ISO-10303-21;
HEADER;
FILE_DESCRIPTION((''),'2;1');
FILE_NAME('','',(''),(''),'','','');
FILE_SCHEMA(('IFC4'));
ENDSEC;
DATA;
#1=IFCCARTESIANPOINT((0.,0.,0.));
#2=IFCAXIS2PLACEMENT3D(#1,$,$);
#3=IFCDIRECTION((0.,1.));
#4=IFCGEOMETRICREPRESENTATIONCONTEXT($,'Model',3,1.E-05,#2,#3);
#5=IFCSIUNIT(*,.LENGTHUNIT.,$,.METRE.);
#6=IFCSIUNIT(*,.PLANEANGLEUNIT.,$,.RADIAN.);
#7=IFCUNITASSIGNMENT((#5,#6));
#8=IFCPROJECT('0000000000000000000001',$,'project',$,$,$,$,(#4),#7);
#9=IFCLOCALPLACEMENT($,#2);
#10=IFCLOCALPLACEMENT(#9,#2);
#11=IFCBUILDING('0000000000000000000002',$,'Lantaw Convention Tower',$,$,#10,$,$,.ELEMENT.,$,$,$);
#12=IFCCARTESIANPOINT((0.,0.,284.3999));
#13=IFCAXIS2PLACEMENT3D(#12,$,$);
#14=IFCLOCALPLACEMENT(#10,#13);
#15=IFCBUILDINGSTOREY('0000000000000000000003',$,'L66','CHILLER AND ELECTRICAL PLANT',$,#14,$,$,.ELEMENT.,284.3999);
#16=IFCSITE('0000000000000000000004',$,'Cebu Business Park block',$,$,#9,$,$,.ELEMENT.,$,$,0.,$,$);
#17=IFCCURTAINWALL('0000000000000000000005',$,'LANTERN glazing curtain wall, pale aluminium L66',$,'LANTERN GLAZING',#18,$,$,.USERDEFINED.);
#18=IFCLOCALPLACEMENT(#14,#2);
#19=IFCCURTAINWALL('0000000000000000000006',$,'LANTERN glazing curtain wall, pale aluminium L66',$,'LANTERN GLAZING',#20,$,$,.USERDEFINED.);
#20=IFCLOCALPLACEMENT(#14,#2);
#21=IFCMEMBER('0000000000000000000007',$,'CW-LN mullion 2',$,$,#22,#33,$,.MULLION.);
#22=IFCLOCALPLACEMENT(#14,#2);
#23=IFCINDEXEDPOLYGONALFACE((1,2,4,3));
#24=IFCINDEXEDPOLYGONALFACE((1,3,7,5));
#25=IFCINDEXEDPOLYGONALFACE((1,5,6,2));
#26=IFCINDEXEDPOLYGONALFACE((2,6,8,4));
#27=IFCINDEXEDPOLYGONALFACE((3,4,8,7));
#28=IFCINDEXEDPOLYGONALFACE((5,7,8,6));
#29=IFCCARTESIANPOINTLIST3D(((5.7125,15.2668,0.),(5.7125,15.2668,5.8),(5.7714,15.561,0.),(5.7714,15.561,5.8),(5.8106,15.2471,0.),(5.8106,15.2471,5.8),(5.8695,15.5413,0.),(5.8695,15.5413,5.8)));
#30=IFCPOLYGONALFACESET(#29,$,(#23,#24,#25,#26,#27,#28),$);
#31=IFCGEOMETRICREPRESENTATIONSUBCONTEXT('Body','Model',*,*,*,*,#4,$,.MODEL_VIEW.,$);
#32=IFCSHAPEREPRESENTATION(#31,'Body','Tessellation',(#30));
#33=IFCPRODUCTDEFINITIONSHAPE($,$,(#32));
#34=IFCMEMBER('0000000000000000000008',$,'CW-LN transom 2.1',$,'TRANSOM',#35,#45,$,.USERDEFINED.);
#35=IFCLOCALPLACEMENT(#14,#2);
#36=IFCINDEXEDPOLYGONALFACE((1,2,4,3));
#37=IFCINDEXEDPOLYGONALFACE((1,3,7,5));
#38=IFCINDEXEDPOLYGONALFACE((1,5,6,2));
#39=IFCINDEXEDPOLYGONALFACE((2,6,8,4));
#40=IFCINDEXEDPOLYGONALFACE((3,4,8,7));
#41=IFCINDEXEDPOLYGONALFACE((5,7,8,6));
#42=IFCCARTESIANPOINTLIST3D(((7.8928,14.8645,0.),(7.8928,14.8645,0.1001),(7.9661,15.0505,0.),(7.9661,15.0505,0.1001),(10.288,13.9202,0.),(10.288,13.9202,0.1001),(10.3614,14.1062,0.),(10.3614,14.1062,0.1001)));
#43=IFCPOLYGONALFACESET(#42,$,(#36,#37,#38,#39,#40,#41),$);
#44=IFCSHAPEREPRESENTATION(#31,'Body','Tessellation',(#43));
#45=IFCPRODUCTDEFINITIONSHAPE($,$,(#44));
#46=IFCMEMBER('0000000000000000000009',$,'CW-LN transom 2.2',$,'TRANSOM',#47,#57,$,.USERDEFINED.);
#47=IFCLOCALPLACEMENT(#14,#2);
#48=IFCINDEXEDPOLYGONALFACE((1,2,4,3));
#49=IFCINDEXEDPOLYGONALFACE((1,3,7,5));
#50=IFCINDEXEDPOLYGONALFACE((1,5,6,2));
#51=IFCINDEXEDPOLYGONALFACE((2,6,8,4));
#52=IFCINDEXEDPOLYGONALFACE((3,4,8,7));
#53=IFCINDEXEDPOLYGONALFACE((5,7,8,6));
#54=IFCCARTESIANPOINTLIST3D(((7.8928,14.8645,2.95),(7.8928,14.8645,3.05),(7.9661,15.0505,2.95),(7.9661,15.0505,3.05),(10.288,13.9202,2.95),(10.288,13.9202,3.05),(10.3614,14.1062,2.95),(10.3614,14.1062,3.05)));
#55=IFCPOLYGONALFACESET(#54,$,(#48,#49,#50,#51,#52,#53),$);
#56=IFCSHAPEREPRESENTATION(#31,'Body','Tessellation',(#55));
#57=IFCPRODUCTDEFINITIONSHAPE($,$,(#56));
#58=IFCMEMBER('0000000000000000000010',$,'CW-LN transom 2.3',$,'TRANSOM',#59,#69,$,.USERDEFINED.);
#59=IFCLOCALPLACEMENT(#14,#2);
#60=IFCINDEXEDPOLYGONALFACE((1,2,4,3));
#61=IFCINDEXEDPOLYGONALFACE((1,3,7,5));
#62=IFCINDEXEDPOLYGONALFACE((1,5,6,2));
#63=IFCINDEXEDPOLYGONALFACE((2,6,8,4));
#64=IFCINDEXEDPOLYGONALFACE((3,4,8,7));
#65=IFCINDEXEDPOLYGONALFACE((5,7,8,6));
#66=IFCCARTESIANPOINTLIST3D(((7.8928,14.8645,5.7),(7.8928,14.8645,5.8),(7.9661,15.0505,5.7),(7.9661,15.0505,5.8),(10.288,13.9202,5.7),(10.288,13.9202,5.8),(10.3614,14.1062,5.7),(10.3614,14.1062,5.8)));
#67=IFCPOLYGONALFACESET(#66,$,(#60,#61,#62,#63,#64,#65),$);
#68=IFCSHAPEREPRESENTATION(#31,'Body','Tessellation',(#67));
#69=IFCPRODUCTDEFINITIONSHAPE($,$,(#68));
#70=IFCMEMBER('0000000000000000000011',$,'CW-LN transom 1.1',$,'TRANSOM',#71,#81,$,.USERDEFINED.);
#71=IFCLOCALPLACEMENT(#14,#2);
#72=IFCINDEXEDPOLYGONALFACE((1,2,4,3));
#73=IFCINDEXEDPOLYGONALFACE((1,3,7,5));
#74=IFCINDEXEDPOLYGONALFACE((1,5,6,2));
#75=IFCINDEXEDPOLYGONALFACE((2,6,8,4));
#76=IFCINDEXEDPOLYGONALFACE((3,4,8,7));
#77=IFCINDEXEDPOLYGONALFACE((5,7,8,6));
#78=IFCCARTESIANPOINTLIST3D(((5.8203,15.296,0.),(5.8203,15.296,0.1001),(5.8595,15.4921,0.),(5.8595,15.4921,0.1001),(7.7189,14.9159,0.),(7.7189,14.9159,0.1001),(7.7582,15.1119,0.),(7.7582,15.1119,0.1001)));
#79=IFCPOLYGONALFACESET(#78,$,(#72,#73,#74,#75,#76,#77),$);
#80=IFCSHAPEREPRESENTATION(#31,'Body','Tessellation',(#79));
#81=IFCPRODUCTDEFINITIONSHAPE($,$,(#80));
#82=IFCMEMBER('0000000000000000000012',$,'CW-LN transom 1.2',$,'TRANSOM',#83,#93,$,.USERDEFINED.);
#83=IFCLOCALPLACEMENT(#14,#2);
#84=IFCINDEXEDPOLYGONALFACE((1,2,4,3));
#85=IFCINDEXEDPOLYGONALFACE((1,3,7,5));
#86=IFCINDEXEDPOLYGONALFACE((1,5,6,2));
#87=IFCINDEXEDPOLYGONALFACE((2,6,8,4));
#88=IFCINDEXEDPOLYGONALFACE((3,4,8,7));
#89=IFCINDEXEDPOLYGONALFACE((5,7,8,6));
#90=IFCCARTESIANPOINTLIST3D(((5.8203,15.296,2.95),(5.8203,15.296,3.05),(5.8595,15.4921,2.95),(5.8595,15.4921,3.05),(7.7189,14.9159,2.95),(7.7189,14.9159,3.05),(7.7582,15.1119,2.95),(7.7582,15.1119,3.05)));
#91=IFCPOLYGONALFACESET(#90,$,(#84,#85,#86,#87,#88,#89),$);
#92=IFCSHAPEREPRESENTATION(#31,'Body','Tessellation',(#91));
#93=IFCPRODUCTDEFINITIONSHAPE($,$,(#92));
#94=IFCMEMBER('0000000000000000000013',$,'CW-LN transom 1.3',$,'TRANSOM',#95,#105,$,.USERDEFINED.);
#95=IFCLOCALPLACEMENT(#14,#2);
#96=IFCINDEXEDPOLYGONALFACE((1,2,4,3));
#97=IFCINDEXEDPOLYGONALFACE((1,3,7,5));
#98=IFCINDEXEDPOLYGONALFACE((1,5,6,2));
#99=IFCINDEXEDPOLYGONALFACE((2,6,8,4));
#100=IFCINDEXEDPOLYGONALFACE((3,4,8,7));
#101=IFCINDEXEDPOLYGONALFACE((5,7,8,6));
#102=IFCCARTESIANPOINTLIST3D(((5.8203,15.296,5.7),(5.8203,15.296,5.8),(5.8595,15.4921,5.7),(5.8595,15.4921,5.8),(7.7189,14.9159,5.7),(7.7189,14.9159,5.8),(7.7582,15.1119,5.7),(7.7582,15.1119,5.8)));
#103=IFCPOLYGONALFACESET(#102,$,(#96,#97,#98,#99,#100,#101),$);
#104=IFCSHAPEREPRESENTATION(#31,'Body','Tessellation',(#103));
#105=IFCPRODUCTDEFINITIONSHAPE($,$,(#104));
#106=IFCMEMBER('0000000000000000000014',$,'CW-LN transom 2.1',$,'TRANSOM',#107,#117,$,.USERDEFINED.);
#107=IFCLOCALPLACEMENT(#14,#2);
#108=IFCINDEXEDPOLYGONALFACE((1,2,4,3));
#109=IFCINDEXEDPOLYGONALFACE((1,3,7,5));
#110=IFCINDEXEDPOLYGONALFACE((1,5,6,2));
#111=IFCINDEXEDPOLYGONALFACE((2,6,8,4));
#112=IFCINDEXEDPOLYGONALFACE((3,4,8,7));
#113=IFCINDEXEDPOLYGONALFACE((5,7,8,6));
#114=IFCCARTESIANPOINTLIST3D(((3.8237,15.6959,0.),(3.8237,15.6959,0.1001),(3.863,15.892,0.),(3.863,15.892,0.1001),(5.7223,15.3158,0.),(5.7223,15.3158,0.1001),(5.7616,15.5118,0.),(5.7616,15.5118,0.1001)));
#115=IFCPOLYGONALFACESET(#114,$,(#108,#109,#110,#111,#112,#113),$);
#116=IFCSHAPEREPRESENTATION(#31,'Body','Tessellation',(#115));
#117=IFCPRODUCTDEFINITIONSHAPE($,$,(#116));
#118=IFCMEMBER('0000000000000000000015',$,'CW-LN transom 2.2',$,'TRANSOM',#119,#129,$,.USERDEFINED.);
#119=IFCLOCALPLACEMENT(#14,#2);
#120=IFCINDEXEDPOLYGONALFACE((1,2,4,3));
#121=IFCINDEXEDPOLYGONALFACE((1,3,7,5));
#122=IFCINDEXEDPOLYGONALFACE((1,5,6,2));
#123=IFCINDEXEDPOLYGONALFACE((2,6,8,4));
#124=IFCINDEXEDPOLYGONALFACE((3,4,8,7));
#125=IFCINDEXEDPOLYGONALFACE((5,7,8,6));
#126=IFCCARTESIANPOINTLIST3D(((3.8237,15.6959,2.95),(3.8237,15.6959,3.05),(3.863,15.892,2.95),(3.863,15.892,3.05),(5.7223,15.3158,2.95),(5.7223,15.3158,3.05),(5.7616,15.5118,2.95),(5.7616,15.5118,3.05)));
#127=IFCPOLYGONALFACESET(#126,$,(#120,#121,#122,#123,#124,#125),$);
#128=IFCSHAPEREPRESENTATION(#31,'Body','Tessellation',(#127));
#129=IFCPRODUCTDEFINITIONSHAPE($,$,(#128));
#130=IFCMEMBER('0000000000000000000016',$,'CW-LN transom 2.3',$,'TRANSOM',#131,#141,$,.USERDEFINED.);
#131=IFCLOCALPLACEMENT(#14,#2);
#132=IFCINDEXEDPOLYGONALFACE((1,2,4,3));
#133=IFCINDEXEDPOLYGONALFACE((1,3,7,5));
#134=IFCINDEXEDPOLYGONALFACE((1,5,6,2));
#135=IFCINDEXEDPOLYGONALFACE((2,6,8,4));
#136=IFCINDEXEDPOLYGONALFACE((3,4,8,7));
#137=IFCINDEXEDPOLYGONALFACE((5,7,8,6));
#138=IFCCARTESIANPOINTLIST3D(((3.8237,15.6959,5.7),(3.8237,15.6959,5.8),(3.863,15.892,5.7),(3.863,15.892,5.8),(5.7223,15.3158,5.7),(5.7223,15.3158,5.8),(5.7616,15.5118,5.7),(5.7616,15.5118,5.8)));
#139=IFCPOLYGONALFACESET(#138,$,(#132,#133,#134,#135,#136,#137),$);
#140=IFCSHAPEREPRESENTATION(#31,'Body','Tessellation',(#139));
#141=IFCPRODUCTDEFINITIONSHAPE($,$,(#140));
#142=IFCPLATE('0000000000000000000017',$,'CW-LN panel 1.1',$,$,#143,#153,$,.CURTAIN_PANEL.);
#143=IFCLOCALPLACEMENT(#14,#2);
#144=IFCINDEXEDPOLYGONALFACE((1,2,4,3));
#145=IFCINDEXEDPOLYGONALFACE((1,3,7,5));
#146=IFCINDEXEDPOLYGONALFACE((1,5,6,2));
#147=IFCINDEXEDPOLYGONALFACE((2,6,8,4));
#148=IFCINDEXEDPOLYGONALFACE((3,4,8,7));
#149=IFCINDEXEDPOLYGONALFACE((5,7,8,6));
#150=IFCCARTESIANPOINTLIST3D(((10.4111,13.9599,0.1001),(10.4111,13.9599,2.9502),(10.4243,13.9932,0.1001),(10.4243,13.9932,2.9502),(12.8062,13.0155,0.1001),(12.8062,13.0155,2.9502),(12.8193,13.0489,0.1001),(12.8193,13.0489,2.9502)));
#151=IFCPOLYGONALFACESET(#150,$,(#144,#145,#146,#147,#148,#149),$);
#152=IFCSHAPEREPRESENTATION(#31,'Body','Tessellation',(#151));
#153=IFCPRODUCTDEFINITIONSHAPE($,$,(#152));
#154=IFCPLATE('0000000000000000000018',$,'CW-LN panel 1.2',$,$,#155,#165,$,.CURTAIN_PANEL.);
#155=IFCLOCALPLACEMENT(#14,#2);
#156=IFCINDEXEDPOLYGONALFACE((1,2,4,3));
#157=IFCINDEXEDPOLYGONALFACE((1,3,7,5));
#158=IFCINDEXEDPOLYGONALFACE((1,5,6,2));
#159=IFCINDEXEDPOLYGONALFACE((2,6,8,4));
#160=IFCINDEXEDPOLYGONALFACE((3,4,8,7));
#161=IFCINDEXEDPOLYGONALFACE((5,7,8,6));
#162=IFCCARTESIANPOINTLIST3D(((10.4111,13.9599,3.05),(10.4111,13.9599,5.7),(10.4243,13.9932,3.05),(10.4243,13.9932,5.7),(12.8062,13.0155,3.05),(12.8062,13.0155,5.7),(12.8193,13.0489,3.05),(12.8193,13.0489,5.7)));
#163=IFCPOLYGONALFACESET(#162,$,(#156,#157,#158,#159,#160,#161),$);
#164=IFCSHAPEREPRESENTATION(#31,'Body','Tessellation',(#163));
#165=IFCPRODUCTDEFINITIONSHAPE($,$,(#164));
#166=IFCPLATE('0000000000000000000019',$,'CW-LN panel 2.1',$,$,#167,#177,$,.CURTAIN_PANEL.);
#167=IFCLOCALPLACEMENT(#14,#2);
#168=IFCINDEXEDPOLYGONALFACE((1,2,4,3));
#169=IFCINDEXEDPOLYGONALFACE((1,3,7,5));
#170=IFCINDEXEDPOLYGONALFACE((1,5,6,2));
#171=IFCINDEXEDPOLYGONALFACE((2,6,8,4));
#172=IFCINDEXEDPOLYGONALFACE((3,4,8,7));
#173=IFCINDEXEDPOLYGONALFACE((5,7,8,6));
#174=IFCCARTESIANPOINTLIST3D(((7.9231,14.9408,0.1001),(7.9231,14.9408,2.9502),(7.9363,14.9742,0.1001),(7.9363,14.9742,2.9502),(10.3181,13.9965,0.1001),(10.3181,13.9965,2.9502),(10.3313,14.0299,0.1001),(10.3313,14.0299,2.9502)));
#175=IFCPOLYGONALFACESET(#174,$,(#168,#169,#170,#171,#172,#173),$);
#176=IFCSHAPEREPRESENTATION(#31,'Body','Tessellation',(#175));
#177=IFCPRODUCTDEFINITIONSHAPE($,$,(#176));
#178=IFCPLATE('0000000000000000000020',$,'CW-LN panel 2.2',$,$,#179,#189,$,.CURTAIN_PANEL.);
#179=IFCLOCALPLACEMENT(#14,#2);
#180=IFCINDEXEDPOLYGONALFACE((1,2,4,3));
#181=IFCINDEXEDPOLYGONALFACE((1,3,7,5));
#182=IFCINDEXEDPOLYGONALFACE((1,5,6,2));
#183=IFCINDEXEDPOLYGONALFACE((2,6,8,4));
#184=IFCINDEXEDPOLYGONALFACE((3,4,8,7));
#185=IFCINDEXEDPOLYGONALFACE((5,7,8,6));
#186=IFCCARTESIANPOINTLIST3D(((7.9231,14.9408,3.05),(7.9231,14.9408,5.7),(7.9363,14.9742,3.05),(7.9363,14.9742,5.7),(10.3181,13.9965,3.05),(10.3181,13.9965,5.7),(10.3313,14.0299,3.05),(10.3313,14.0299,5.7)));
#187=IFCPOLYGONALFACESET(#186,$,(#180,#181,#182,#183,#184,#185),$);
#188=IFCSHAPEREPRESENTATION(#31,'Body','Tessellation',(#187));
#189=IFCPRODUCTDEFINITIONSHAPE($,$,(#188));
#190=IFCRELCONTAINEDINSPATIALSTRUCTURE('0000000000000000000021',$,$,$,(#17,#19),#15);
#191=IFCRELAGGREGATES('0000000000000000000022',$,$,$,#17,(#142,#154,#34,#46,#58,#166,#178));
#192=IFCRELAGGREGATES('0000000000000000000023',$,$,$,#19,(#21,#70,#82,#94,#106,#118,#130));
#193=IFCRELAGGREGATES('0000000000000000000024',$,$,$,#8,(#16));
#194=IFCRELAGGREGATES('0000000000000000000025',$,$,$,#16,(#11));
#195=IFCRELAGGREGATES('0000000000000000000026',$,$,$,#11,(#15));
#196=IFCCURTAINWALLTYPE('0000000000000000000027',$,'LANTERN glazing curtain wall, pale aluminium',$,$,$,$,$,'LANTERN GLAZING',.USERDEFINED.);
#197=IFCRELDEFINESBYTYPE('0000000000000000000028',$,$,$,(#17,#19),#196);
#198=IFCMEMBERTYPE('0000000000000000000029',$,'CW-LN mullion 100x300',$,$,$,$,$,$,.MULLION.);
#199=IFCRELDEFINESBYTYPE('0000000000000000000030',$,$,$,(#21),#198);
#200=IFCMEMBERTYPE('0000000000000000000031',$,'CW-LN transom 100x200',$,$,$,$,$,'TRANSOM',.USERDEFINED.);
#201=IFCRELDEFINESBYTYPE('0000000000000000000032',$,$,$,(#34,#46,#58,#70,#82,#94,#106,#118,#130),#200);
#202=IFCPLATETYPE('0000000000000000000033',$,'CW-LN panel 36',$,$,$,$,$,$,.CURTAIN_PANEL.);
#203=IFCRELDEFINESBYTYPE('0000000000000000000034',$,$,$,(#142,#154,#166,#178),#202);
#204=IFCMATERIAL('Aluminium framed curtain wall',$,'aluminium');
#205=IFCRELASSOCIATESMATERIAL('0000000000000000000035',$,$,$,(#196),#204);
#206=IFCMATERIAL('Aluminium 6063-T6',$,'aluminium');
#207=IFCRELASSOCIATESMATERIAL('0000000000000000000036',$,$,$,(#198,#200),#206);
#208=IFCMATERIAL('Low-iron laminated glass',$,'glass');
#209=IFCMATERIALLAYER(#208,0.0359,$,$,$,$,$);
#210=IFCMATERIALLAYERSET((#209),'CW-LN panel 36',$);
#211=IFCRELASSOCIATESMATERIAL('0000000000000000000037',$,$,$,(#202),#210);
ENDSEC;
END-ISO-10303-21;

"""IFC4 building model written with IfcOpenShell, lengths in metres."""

from ifc_helpers import new_model, si_unit, direction, frame, origin, origin_2d, place, context, subcontext, project, spatial, rectangle, extrude, material, layer, layer_set, material_profile, profile_set, type_object, element, aggregate, save


model = new_model("IFC4")

# Units and contexts
model_context = context("Model", 3, precision=1e-05, world=origin(), true_north=direction((0.0, 1.0)))
body_context = subcontext(model_context, "Body", "Model", "MODEL_VIEW")
ifc_project = project(units=[si_unit("LENGTHUNIT", "METRE"), si_unit("PLANEANGLEUNIT", "RADIAN")], contexts=[model_context])

# Site, building, storey
site_placement = place(None, origin())
site = spatial("IfcSite", under=ifc_project, at=site_placement, Name="Cebu Business Park block", CompositionType="ELEMENT", RefElevation=0.0)
building_placement = place(site_placement, origin())
building = spatial("IfcBuilding", under=site, at=building_placement, Name="Lantaw Convention Tower", CompositionType="ELEMENT")
storey_placement = place(building_placement, frame((0.0, 0.0, 284.3999)))
storey = spatial("IfcBuildingStorey", under=building, at=storey_placement, Name="L66", Description="CHILLER AND ELECTRICAL PLANT", CompositionType="ELEMENT", Elevation=284.3999)

# Curtain walls, member
ifc_material_1 = material(Name="Aluminium framed curtain wall", Category="aluminium")
curtain_wall_type = type_object("IfcCurtainWallType", Name="LANTERN glazing curtain wall, pale aluminium", ElementType="LANTERN GLAZING", PredefinedType="USERDEFINED", material=ifc_material_1)
curtain_wall_1_placement = place(storey_placement, origin())
curtain_wall_1 = element("IfcCurtainWall", 1, at=curtain_wall_1_placement, inside=storey, type_object=curtain_wall_type, Name="LANTERN glazing curtain wall, pale aluminium L66", ObjectType="LANTERN GLAZING", PredefinedType="USERDEFINED")
ifc_material_2 = material(Name="Aluminium 6063-T6", Category="aluminium")
ifc_material_profile_1 = material_profile(ifc_material_2, rectangle(XDim=0.3, YDim=0.1001, at=origin_2d()), Name="CW-LN mullion 100x300")
ifc_profile_set_1 = profile_set([ifc_material_profile_1], Name="Aluminium 6063-T6")
member_type_1 = type_object("IfcMemberType", Name="CW-LN mullion 100x300", PredefinedType="MULLION", material=ifc_profile_set_1)
curtain_wall_2_placement = place(storey_placement, origin())
curtain_wall_2 = element("IfcCurtainWall", 2, at=curtain_wall_2_placement, inside=storey, type_object=curtain_wall_type, Name="LANTERN glazing curtain wall, pale aluminium L66", ObjectType="LANTERN GLAZING", PredefinedType="USERDEFINED")
member_1_placement = place(storey_placement, frame((5.791, 15.4041, 0.0), z_axis=(0.0, 0.0, 1.0), x_axis=(-0.196367, -0.98053, 0.0)))
member_1 = element("IfcMember", 3, at=member_1_placement, type_object=member_type_1, Name="CW-LN mullion 2", PredefinedType="MULLION", context=body_context, shape_type="SweptSolid", body=[
    extrude(rectangle(XDim=0.3, YDim=0.1001, at=origin_2d()), origin(), (0.0, 0.0, 1.0), 5.8),
])

# Members
ifc_material_profile_2 = material_profile(ifc_material_2, rectangle(XDim=0.2, YDim=0.1001, at=origin_2d()), Name="CW-LN transom 100x200")
ifc_profile_set_2 = profile_set([ifc_material_profile_2], Name="Aluminium 6063-T6")
member_type_2 = type_object("IfcMemberType", Name="CW-LN transom 100x200", ElementType="TRANSOM", PredefinedType="USERDEFINED", material=ifc_profile_set_2)
member_2_placement = place(storey_placement, frame((10.3247, 14.0132, 0.05), z_axis=(-0.930309, 0.366776, 0.0), x_axis=(-0.366776, -0.930309, 0.0)))
member_2 = element("IfcMember", 4, at=member_2_placement, type_object=member_type_2, Name="CW-LN transom 2.1", ObjectType="TRANSOM", PredefinedType="USERDEFINED", context=body_context, shape_type="SweptSolid", body=[
    extrude(rectangle(XDim=0.2, YDim=0.1001, at=origin_2d()), origin(), (0.0, 0.0, 1.0), 2.5747),
])
member_3_placement = place(storey_placement, frame((10.3247, 14.0132, 3.0), z_axis=(-0.930309, 0.366776, 0.0), x_axis=(-0.366776, -0.930309, 0.0)))
member_3 = element("IfcMember", 5, at=member_3_placement, type_object=member_type_2, Name="CW-LN transom 2.2", ObjectType="TRANSOM", PredefinedType="USERDEFINED", context=body_context, shape_type="SweptSolid", body=[
    extrude(rectangle(XDim=0.2, YDim=0.1001, at=origin_2d()), origin(), (0.0, 0.0, 1.0), 2.5747),
])
member_4_placement = place(storey_placement, frame((10.3247, 14.0132, 5.75), z_axis=(-0.930309, 0.366776, 0.0), x_axis=(-0.366776, -0.930309, 0.0)))
member_4 = element("IfcMember", 6, at=member_4_placement, type_object=member_type_2, Name="CW-LN transom 2.3", ObjectType="TRANSOM", PredefinedType="USERDEFINED", context=body_context, shape_type="SweptSolid", body=[
    extrude(rectangle(XDim=0.2, YDim=0.1001, at=origin_2d()), origin(), (0.0, 0.0, 1.0), 2.5747),
])
member_5_placement = place(storey_placement, frame((7.7385, 15.0139, 0.05), z_axis=(-0.980542, 0.19631, 0.0), x_axis=(-0.19631, -0.980542, 0.0)))
member_5 = element("IfcMember", 7, at=member_5_placement, type_object=member_type_2, Name="CW-LN transom 1.1", ObjectType="TRANSOM", PredefinedType="USERDEFINED", context=body_context, shape_type="SweptSolid", body=[
    extrude(rectangle(XDim=0.2, YDim=0.1001, at=origin_2d()), origin(), (0.0, 0.0, 1.0), 1.9363),
])
member_6_placement = place(storey_placement, frame((7.7385, 15.0139, 3.0), z_axis=(-0.980542, 0.19631, 0.0), x_axis=(-0.19631, -0.980542, 0.0)))
member_6 = element("IfcMember", 8, at=member_6_placement, type_object=member_type_2, Name="CW-LN transom 1.2", ObjectType="TRANSOM", PredefinedType="USERDEFINED", context=body_context, shape_type="SweptSolid", body=[
    extrude(rectangle(XDim=0.2, YDim=0.1001, at=origin_2d()), origin(), (0.0, 0.0, 1.0), 1.9363),
])
member_7_placement = place(storey_placement, frame((7.7385, 15.0139, 5.75), z_axis=(-0.980542, 0.19631, 0.0), x_axis=(-0.19631, -0.980542, 0.0)))
member_7 = element("IfcMember", 9, at=member_7_placement, type_object=member_type_2, Name="CW-LN transom 1.3", ObjectType="TRANSOM", PredefinedType="USERDEFINED", context=body_context, shape_type="SweptSolid", body=[
    extrude(rectangle(XDim=0.2, YDim=0.1001, at=origin_2d()), origin(), (0.0, 0.0, 1.0), 1.9363),
])
member_8_placement = place(storey_placement, frame((5.7419, 15.4138, 0.05), z_axis=(-0.980542, 0.19631, 0.0), x_axis=(-0.19631, -0.980542, 0.0)))
member_8 = element("IfcMember", 10, at=member_8_placement, type_object=member_type_2, Name="CW-LN transom 2.1", ObjectType="TRANSOM", PredefinedType="USERDEFINED", context=body_context, shape_type="SweptSolid", body=[
    extrude(rectangle(XDim=0.2, YDim=0.1001, at=origin_2d()), origin(), (0.0, 0.0, 1.0), 1.9363),
])
member_9_placement = place(storey_placement, frame((5.7419, 15.4138, 3.0), z_axis=(-0.980542, 0.19631, 0.0), x_axis=(-0.19631, -0.980542, 0.0)))
member_9 = element("IfcMember", 11, at=member_9_placement, type_object=member_type_2, Name="CW-LN transom 2.2", ObjectType="TRANSOM", PredefinedType="USERDEFINED", context=body_context, shape_type="SweptSolid", body=[
    extrude(rectangle(XDim=0.2, YDim=0.1001, at=origin_2d()), origin(), (0.0, 0.0, 1.0), 1.9363),
])
member_10_placement = place(storey_placement, frame((5.7419, 15.4138, 5.75), z_axis=(-0.980542, 0.19631, 0.0), x_axis=(-0.19631, -0.980542, 0.0)))
member_10 = element("IfcMember", 12, at=member_10_placement, type_object=member_type_2, Name="CW-LN transom 2.3", ObjectType="TRANSOM", PredefinedType="USERDEFINED", context=body_context, shape_type="SweptSolid", body=[
    extrude(rectangle(XDim=0.2, YDim=0.1001, at=origin_2d()), origin(), (0.0, 0.0, 1.0), 1.9363),
])

# Plates
ifc_material_3 = material(Name="Low-iron laminated glass", Category="glass")
ifc_layer = layer(ifc_material_3, 0.0359)
ifc_layer_set = layer_set([ifc_layer], Name="CW-LN panel 36")
plate_type = type_object("IfcPlateType", Name="CW-LN panel 36", PredefinedType="CURTAIN_PANEL", material=ifc_layer_set)
plate_1_placement = place(storey_placement, frame((11.6152, 13.5044, 0.1001), z_axis=(0.0, 0.0, 1.0), x_axis=(-0.930299, 0.366802, 0.0)))
plate_1 = element("IfcPlate", 13, at=plate_1_placement, type_object=plate_type, Name="CW-LN panel 1.1", PredefinedType="CURTAIN_PANEL", context=body_context, shape_type="SweptSolid", body=[
    extrude(rectangle(XDim=2.5745, YDim=0.0359, at=origin_2d()), origin(), (0.0, 0.0, 1.0), 2.8501),
])
plate_2_placement = place(storey_placement, frame((11.6152, 13.5044, 3.05), z_axis=(0.0, 0.0, 1.0), x_axis=(-0.930299, 0.366802, 0.0)))
plate_2 = element("IfcPlate", 14, at=plate_2_placement, type_object=plate_type, Name="CW-LN panel 1.2", PredefinedType="CURTAIN_PANEL", context=body_context, shape_type="SweptSolid", body=[
    extrude(rectangle(XDim=2.5745, YDim=0.0359, at=origin_2d()), origin(), (0.0, 0.0, 1.0), 2.6499),
])
plate_3_placement = place(storey_placement, frame((9.1272, 14.4854, 0.1001), z_axis=(0.0, 0.0, 1.0), x_axis=(-0.930299, 0.366802, 0.0)))
plate_3 = element("IfcPlate", 15, at=plate_3_placement, type_object=plate_type, Name="CW-LN panel 2.1", PredefinedType="CURTAIN_PANEL", context=body_context, shape_type="SweptSolid", body=[
    extrude(rectangle(XDim=2.5745, YDim=0.0359, at=origin_2d()), origin(), (0.0, 0.0, 1.0), 2.8501),
])
plate_4_placement = place(storey_placement, frame((9.1272, 14.4854, 3.05), z_axis=(0.0, 0.0, 1.0), x_axis=(-0.930299, 0.366802, 0.0)))
plate_4 = element("IfcPlate", 16, at=plate_4_placement, type_object=plate_type, Name="CW-LN panel 2.2", PredefinedType="CURTAIN_PANEL", context=body_context, shape_type="SweptSolid", body=[
    extrude(rectangle(XDim=2.5745, YDim=0.0359, at=origin_2d()), origin(), (0.0, 0.0, 1.0), 2.6499),
])
aggregate(curtain_wall_1, [plate_1, plate_2, member_2, member_3, member_4, plate_3, plate_4])
aggregate(curtain_wall_2, [member_1, member_5, member_6, member_7, member_8, member_9, member_10])

save(model, "model.ifc")
